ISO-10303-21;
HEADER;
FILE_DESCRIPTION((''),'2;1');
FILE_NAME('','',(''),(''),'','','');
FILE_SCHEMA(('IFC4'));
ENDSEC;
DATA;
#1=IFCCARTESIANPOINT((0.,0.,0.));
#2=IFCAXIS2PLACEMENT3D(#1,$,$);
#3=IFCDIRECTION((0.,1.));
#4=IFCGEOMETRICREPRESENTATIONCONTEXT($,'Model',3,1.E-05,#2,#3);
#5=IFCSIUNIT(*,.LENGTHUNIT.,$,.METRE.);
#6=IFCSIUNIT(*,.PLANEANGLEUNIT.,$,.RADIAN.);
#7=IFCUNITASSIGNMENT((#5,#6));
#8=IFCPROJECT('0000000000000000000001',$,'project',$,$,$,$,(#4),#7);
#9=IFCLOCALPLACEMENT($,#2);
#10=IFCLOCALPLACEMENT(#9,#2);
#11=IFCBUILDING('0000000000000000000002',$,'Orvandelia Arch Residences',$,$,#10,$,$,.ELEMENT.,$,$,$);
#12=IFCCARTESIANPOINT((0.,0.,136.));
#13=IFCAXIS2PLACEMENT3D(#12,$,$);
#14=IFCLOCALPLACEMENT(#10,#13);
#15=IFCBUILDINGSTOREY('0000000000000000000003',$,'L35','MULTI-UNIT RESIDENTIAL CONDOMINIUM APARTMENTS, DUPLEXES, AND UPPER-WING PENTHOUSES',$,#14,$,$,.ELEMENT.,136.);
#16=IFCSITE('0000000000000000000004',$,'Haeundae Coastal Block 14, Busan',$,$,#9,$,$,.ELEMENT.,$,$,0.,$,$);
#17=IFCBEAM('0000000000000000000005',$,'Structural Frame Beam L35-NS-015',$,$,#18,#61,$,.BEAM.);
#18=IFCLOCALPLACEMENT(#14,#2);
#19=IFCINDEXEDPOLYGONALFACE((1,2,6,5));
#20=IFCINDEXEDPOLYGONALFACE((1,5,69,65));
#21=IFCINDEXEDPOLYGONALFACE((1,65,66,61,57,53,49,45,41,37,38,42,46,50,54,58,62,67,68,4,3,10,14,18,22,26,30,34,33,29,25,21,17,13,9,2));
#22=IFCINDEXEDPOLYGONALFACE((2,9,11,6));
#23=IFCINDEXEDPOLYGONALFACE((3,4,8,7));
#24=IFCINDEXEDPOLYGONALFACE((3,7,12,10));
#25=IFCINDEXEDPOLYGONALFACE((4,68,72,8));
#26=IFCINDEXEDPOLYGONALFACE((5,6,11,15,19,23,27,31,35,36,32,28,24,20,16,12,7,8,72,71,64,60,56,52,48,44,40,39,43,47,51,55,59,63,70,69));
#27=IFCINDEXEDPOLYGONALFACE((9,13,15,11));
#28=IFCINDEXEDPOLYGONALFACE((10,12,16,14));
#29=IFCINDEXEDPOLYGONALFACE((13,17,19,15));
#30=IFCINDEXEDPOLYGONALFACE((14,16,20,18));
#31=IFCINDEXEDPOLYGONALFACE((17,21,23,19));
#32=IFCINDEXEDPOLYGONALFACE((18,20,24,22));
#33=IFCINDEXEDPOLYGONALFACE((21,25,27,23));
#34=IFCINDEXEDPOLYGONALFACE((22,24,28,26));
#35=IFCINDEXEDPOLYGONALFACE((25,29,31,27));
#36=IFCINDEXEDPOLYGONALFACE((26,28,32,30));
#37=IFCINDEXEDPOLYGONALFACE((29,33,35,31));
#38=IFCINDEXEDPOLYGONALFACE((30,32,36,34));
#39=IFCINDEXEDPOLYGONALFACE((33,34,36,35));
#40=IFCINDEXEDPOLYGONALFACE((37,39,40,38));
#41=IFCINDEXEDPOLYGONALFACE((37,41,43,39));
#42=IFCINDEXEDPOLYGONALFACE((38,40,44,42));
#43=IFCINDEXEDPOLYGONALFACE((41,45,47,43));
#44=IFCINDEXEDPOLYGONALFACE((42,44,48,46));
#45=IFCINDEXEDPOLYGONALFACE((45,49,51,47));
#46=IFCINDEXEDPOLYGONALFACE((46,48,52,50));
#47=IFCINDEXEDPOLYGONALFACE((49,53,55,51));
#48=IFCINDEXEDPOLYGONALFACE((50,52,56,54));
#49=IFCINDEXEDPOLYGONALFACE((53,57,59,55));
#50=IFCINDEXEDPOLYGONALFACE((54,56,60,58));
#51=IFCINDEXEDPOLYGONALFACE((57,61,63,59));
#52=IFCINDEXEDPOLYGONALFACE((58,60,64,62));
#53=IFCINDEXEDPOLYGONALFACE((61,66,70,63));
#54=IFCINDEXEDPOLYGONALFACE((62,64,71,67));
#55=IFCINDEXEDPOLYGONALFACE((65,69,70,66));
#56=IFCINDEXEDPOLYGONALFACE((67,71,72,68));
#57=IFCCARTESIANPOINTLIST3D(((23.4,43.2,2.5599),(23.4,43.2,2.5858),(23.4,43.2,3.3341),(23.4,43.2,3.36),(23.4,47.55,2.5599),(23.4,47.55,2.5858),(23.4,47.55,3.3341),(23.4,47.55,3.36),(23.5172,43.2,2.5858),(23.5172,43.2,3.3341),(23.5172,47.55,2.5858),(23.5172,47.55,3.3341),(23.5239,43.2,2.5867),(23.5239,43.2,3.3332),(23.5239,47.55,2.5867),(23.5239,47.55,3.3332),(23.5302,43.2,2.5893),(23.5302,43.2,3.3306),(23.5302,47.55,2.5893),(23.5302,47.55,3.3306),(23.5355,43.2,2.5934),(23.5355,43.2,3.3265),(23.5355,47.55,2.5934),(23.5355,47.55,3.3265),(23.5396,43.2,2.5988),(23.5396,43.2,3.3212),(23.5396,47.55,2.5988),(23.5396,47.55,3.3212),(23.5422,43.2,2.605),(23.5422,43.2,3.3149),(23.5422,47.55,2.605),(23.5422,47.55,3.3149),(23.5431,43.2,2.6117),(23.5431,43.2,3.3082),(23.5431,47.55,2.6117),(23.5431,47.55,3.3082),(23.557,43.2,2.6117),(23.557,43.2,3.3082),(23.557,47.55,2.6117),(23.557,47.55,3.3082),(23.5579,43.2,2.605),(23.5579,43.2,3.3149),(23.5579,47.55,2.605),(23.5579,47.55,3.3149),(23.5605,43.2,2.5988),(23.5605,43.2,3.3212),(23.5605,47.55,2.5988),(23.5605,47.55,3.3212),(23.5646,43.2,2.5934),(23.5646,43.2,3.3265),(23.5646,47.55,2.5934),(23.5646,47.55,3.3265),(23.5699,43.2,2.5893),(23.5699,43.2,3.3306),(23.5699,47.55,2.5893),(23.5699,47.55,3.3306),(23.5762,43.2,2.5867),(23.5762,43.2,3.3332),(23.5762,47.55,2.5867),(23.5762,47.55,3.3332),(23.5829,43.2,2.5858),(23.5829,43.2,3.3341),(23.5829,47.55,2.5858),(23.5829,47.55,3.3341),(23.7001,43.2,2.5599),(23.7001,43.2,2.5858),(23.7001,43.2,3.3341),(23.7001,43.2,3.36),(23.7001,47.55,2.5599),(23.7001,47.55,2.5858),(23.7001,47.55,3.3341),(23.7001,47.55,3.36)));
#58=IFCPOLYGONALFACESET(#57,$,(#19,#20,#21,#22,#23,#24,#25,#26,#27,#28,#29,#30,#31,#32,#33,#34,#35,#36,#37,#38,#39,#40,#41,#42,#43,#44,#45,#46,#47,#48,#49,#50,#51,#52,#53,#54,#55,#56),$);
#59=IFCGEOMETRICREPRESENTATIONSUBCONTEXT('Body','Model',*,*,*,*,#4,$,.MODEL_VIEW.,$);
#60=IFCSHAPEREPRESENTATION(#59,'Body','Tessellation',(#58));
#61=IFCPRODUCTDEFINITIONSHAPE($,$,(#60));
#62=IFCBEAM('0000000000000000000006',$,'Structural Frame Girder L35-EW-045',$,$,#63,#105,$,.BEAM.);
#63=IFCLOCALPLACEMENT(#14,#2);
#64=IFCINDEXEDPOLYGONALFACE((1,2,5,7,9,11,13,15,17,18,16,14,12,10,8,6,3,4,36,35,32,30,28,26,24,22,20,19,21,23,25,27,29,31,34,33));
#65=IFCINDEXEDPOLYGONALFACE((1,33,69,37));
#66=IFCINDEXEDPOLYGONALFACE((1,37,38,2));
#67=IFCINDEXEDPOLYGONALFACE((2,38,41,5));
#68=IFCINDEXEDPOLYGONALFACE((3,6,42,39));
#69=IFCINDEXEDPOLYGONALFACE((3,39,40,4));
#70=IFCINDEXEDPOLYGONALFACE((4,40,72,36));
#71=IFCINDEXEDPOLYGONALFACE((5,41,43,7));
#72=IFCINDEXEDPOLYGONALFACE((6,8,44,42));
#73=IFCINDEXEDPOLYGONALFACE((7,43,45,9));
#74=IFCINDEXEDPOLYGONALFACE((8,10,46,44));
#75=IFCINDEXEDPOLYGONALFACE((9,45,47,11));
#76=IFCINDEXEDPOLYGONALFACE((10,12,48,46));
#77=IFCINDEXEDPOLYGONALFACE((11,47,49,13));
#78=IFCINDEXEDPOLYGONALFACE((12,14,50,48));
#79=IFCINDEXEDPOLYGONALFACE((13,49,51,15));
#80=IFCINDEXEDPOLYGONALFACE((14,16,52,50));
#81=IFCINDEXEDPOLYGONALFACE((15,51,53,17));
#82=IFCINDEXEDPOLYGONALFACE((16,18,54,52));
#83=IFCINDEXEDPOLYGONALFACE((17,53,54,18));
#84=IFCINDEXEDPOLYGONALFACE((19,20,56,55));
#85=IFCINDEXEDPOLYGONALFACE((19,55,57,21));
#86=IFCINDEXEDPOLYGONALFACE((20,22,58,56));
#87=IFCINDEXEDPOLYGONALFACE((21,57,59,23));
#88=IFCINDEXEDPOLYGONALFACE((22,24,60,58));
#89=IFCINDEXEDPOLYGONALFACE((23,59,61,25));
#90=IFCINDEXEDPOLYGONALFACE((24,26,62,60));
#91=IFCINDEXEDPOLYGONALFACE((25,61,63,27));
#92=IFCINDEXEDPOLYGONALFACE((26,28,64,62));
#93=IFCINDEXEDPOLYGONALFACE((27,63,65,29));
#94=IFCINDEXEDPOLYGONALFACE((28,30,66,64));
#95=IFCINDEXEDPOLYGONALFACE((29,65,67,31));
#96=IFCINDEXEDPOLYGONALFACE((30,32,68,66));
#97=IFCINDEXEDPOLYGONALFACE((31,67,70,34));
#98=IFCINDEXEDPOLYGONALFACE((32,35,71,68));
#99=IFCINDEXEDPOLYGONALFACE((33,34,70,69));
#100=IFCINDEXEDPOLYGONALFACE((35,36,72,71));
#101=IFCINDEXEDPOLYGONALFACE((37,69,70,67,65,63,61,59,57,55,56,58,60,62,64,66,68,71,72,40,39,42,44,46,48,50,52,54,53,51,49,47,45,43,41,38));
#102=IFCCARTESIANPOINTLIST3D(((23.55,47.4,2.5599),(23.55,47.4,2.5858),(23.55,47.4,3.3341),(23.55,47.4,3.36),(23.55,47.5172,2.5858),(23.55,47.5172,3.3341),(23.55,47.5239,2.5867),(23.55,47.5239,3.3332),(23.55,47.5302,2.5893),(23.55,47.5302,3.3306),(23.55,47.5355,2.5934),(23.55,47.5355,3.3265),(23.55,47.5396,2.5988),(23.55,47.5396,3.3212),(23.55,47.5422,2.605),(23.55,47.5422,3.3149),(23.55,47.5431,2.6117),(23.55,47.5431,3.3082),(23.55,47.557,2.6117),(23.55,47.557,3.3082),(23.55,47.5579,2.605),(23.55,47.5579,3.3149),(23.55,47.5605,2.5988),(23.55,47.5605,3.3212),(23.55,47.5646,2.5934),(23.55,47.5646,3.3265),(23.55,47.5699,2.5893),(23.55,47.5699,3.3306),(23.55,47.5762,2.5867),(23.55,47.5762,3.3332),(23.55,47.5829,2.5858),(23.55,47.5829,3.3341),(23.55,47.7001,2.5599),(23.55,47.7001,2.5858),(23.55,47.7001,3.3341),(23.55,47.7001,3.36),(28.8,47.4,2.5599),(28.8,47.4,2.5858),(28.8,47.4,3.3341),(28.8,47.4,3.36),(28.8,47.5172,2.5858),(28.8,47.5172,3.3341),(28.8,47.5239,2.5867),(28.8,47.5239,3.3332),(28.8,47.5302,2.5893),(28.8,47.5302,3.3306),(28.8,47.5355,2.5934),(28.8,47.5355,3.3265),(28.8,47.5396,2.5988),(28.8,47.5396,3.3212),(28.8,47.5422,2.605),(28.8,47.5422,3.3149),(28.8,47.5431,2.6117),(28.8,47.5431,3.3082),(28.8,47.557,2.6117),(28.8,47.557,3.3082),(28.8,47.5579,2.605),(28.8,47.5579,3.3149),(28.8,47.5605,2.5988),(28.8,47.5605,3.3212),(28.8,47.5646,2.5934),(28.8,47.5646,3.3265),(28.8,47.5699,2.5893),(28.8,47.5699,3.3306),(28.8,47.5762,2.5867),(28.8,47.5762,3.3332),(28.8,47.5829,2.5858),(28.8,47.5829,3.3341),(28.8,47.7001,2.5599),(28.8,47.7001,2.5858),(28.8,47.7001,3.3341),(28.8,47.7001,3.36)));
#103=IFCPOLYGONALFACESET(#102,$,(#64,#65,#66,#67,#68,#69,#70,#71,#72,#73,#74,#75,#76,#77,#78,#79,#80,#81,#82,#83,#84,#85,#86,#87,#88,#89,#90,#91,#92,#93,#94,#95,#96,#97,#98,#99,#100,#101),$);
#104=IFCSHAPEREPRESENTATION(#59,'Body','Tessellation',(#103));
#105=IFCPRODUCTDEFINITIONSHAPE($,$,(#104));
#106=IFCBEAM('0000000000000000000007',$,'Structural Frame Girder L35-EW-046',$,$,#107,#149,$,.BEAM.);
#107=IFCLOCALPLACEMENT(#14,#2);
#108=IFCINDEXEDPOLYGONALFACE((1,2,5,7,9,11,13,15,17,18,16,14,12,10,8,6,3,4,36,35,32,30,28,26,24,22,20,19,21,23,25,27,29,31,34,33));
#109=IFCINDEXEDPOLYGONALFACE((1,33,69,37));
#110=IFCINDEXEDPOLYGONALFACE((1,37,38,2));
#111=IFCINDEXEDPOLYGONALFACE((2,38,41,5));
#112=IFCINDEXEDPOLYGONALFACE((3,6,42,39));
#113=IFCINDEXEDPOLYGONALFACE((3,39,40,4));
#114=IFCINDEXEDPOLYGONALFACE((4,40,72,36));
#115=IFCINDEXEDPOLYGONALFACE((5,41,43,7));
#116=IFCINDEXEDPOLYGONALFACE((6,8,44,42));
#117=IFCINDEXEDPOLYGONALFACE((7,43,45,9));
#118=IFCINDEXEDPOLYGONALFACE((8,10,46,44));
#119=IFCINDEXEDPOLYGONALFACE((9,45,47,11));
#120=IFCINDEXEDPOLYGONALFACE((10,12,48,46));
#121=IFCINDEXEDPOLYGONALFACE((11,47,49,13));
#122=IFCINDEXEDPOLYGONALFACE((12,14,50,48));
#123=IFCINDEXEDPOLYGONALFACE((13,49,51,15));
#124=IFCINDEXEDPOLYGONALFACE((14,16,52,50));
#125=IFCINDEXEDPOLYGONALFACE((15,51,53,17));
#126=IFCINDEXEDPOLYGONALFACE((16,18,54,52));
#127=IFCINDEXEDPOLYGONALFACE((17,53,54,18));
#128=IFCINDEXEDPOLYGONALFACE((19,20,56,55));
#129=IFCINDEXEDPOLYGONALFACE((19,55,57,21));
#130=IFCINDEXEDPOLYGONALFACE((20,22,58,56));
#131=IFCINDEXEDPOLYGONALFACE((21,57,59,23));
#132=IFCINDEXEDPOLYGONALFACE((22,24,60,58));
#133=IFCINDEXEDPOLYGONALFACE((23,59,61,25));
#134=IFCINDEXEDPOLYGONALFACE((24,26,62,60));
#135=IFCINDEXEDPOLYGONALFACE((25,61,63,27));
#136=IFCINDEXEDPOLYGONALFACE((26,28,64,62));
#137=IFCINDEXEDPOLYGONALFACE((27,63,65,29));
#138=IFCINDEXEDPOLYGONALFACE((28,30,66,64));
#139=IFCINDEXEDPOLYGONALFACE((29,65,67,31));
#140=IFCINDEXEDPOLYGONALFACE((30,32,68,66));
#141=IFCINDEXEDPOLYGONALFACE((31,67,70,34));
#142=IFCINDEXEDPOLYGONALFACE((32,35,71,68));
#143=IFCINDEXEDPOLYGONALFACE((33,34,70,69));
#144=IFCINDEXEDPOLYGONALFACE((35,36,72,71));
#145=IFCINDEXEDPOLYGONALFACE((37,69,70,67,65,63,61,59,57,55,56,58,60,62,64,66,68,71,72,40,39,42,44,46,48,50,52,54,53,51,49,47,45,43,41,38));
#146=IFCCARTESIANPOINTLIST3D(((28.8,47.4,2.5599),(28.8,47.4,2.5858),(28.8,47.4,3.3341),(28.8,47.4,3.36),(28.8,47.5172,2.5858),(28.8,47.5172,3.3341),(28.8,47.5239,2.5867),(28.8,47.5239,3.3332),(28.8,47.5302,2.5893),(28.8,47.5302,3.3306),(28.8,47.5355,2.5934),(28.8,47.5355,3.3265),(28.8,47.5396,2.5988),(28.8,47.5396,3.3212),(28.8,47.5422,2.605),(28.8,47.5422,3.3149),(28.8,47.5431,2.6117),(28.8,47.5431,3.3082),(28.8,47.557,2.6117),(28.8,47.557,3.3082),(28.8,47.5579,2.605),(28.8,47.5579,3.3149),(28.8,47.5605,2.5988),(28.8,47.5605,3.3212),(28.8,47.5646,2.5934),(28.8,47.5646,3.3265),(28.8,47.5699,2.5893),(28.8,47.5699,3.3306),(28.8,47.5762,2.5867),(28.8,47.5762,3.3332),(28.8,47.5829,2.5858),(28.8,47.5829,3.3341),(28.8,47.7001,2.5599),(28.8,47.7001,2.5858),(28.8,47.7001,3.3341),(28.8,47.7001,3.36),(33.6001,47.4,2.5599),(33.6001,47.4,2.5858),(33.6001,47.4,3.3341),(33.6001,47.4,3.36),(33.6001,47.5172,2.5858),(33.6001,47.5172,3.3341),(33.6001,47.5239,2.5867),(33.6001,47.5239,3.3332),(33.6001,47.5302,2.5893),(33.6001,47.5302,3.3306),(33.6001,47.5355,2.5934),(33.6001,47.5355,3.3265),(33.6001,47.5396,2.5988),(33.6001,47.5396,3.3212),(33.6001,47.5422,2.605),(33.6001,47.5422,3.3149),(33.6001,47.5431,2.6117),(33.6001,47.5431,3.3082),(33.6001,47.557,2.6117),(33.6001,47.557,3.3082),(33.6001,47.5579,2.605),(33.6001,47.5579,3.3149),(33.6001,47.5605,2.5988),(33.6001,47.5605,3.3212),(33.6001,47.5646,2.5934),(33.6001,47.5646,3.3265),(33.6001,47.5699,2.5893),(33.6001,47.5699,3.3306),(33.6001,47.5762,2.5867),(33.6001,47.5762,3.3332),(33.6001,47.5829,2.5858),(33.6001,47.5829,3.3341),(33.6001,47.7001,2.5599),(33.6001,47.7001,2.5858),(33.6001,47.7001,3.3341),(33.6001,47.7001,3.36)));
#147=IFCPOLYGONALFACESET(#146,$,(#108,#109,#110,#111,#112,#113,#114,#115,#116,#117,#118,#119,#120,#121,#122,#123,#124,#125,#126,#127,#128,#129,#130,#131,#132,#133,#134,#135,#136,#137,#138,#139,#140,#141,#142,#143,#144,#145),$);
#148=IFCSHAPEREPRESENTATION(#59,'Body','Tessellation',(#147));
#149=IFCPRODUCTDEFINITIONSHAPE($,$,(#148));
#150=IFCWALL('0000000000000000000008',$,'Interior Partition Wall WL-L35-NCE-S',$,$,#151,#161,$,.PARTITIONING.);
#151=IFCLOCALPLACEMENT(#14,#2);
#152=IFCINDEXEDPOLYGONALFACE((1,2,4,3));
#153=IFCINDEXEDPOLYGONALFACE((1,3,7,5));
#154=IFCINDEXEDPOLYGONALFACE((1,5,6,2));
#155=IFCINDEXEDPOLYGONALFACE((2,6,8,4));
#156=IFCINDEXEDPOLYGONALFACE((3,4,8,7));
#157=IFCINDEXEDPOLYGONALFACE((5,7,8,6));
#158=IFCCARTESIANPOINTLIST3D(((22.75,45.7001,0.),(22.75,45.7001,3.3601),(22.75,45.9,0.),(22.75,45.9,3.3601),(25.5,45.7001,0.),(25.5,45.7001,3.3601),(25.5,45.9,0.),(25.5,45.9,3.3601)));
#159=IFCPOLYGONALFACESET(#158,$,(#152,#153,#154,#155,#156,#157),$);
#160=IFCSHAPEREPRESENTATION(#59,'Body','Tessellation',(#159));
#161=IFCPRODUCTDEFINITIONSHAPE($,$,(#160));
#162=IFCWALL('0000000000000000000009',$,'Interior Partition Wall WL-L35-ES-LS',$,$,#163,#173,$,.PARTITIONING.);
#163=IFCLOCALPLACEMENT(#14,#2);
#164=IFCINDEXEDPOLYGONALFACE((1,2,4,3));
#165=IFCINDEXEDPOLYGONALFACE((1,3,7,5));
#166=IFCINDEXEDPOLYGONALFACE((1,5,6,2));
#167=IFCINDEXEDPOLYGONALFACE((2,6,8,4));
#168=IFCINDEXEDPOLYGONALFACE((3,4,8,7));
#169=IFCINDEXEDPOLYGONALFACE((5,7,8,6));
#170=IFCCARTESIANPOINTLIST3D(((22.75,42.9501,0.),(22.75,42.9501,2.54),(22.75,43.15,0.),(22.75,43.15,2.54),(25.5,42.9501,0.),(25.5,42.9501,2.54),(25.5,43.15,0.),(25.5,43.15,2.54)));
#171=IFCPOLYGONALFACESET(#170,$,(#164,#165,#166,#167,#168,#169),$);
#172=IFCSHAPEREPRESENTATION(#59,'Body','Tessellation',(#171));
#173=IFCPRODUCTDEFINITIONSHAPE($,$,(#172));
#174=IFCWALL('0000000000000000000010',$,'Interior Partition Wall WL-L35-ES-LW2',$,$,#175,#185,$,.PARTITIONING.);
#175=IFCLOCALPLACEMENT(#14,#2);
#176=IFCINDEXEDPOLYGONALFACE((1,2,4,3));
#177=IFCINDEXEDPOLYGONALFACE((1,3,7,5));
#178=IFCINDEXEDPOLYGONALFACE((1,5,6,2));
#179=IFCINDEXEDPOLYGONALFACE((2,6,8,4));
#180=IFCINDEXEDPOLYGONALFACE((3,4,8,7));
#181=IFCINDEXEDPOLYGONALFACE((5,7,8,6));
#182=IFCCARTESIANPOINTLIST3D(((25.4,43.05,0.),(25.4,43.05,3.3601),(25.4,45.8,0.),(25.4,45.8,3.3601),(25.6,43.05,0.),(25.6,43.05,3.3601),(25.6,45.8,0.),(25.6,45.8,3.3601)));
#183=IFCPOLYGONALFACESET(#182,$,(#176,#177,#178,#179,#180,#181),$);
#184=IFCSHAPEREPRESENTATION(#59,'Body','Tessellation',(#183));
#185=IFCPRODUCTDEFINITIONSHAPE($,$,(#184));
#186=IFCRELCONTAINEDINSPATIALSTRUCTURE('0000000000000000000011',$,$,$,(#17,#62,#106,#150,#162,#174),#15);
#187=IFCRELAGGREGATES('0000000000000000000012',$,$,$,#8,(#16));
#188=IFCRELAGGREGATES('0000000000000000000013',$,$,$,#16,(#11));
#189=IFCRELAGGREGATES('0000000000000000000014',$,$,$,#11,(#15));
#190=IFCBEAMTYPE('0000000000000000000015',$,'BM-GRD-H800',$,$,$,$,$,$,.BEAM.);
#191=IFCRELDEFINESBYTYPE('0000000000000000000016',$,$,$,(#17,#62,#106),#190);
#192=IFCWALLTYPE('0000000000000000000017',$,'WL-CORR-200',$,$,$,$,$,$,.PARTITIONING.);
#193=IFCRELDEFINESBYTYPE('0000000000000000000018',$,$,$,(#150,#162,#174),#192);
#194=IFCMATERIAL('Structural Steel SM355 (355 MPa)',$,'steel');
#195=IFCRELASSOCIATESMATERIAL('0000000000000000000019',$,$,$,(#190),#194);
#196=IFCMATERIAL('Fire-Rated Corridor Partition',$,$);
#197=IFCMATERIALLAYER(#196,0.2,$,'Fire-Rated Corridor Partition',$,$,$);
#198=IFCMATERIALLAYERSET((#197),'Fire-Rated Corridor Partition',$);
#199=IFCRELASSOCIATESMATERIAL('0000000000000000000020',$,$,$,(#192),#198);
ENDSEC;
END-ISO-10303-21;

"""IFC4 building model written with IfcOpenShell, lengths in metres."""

from ifc_helpers import new_model, si_unit, direction, frame, frame_2d, origin, origin_2d, place, context, subcontext, project, spatial, rectangle, i_section, extrude, material, layer, layer_set, material_profile, profile_set, type_object, element, save


model = new_model("IFC4")

# Units and contexts
model_context = context("Model", 3, precision=1e-05, world=origin(), true_north=direction((0.0, 1.0)))
body_context = subcontext(model_context, "Body", "Model", "MODEL_VIEW")
ifc_project = project(units=[si_unit("LENGTHUNIT", "METRE"), si_unit("PLANEANGLEUNIT", "RADIAN")], contexts=[model_context])

# Site, building, storey
site_placement = place(None, origin())
site = spatial("IfcSite", under=ifc_project, at=site_placement, Name="Haeundae Coastal Block 14, Busan", CompositionType="ELEMENT", RefElevation=0.0)
building_placement = place(site_placement, origin())
building = spatial("IfcBuilding", under=site, at=building_placement, Name="Orvandelia Arch Residences", CompositionType="ELEMENT")
storey_placement = place(building_placement, frame((0.0, 0.0, 136.0)))
storey = spatial("IfcBuildingStorey", under=building, at=storey_placement, Name="L35", Description="MULTI-UNIT RESIDENTIAL CONDOMINIUM APARTMENTS, DUPLEXES, AND UPPER-WING PENTHOUSES", CompositionType="ELEMENT", Elevation=136.0)

# Beams
ifc_material_1 = material(Name="Structural Steel SM355 (355 MPa)", Category="steel")
ifc_material_profile_1 = material_profile(ifc_material_1, i_section(OverallWidth=0.3, OverallDepth=0.8, WebThickness=0.0139, FlangeThickness=0.0259, FilletRadius=0.0259, at=origin_2d()), Name="Structural Steel SM355 (355 MPa)", Category="steel")
ifc_profile_set_1 = profile_set([ifc_material_profile_1], Name="Structural Steel SM355 (355 MPa)")
beam_type = type_object("IfcBeamType", Name="BM-GRD-H800", PredefinedType="BEAM", material=ifc_profile_set_1)
beam_1_placement = place(storey_placement, frame((23.55, 43.2, 2.96), z_axis=(0.0, 1.0, 0.0), x_axis=(-1.0, 0.0, 0.0)))
element("IfcBeam", 1, at=beam_1_placement, inside=storey, type_object=beam_type, Name="Structural Frame Beam L35-NS-015", PredefinedType="BEAM", context=body_context, shape_type="SweptSolid", body=[
    extrude(i_section(OverallWidth=0.3, OverallDepth=0.8, WebThickness=0.0139, FlangeThickness=0.0259, FilletRadius=0.0259, at=origin_2d()), origin(), (0.0, 0.0, 1.0), 4.3501),
])
beam_2_placement = place(storey_placement, frame((23.55, 47.55, 2.96), z_axis=(1.0, 0.0, 0.0), x_axis=(0.0, 1.0, 0.0)))
element("IfcBeam", 2, at=beam_2_placement, inside=storey, type_object=beam_type, Name="Structural Frame Girder L35-EW-045", PredefinedType="BEAM", context=body_context, shape_type="SweptSolid", body=[
    extrude(i_section(OverallWidth=0.3, OverallDepth=0.8, WebThickness=0.0139, FlangeThickness=0.0259, FilletRadius=0.0259, at=origin_2d()), origin(), (0.0, 0.0, 1.0), 5.25),
])
beam_3_placement = place(storey_placement, frame((28.8, 47.55, 2.96), z_axis=(1.0, 0.0, 0.0), x_axis=(0.0, 1.0, 0.0)))
element("IfcBeam", 3, at=beam_3_placement, inside=storey, type_object=beam_type, Name="Structural Frame Girder L35-EW-046", PredefinedType="BEAM", context=body_context, shape_type="SweptSolid", body=[
    extrude(i_section(OverallWidth=0.3, OverallDepth=0.8, WebThickness=0.0139, FlangeThickness=0.0259, FilletRadius=0.0259, at=origin_2d()), origin(), (0.0, 0.0, 1.0), 4.8),
])

# Walls
ifc_material_2 = material(Name="Fire-Rated Corridor Partition")
ifc_layer_1 = layer(ifc_material_2, 0.2, Name="Fire-Rated Corridor Partition")
ifc_layer_set_1 = layer_set([ifc_layer_1], Name="Fire-Rated Corridor Partition")
wall_type_1 = type_object("IfcWallType", Name="WL-CORR-200", PredefinedType="PARTITIONING", material=ifc_layer_set_1)
wall_1_placement = place(storey_placement, frame((22.75, 45.8, 0.0), z_axis=(0.0, 0.0, 1.0), x_axis=(1.0, 0.0, 0.0)))
element("IfcWall", 4, at=wall_1_placement, inside=storey, type_object=wall_type_1, Name="Interior Partition Wall WL-L35-NCE-S", PredefinedType="PARTITIONING", context=body_context, shape_type="SweptSolid", body=[
    extrude(rectangle(XDim=2.75, YDim=0.2, at=frame_2d((1.375, 0.0))), origin(), (0.0, 0.0, 1.0), 3.3601),
])
wall_2_placement = place(storey_placement, frame((22.75, 43.05, 0.0), z_axis=(0.0, 0.0, 1.0), x_axis=(1.0, 0.0, 0.0)))
element("IfcWall", 5, at=wall_2_placement, inside=storey, type_object=wall_type_1, Name="Interior Partition Wall WL-L35-ES-LS", PredefinedType="PARTITIONING", context=body_context, shape_type="SweptSolid", body=[
    extrude(rectangle(XDim=2.75, YDim=0.2, at=frame_2d((1.375, 0.0))), origin(), (0.0, 0.0, 1.0), 2.54),
])
wall_3_placement = place(storey_placement, frame((25.5, 43.05, 0.0), z_axis=(0.0, 0.0, 1.0), x_axis=(0.0, 1.0, 0.0)))
element("IfcWall", 6, at=wall_3_placement, inside=storey, type_object=wall_type_1, Name="Interior Partition Wall WL-L35-ES-LW2", PredefinedType="PARTITIONING", context=body_context, shape_type="SweptSolid", body=[
    extrude(rectangle(XDim=2.75, YDim=0.2, at=frame_2d((1.375, 0.0))), origin(), (0.0, 0.0, 1.0), 3.3601),
])

save(model, "model.ifc")
